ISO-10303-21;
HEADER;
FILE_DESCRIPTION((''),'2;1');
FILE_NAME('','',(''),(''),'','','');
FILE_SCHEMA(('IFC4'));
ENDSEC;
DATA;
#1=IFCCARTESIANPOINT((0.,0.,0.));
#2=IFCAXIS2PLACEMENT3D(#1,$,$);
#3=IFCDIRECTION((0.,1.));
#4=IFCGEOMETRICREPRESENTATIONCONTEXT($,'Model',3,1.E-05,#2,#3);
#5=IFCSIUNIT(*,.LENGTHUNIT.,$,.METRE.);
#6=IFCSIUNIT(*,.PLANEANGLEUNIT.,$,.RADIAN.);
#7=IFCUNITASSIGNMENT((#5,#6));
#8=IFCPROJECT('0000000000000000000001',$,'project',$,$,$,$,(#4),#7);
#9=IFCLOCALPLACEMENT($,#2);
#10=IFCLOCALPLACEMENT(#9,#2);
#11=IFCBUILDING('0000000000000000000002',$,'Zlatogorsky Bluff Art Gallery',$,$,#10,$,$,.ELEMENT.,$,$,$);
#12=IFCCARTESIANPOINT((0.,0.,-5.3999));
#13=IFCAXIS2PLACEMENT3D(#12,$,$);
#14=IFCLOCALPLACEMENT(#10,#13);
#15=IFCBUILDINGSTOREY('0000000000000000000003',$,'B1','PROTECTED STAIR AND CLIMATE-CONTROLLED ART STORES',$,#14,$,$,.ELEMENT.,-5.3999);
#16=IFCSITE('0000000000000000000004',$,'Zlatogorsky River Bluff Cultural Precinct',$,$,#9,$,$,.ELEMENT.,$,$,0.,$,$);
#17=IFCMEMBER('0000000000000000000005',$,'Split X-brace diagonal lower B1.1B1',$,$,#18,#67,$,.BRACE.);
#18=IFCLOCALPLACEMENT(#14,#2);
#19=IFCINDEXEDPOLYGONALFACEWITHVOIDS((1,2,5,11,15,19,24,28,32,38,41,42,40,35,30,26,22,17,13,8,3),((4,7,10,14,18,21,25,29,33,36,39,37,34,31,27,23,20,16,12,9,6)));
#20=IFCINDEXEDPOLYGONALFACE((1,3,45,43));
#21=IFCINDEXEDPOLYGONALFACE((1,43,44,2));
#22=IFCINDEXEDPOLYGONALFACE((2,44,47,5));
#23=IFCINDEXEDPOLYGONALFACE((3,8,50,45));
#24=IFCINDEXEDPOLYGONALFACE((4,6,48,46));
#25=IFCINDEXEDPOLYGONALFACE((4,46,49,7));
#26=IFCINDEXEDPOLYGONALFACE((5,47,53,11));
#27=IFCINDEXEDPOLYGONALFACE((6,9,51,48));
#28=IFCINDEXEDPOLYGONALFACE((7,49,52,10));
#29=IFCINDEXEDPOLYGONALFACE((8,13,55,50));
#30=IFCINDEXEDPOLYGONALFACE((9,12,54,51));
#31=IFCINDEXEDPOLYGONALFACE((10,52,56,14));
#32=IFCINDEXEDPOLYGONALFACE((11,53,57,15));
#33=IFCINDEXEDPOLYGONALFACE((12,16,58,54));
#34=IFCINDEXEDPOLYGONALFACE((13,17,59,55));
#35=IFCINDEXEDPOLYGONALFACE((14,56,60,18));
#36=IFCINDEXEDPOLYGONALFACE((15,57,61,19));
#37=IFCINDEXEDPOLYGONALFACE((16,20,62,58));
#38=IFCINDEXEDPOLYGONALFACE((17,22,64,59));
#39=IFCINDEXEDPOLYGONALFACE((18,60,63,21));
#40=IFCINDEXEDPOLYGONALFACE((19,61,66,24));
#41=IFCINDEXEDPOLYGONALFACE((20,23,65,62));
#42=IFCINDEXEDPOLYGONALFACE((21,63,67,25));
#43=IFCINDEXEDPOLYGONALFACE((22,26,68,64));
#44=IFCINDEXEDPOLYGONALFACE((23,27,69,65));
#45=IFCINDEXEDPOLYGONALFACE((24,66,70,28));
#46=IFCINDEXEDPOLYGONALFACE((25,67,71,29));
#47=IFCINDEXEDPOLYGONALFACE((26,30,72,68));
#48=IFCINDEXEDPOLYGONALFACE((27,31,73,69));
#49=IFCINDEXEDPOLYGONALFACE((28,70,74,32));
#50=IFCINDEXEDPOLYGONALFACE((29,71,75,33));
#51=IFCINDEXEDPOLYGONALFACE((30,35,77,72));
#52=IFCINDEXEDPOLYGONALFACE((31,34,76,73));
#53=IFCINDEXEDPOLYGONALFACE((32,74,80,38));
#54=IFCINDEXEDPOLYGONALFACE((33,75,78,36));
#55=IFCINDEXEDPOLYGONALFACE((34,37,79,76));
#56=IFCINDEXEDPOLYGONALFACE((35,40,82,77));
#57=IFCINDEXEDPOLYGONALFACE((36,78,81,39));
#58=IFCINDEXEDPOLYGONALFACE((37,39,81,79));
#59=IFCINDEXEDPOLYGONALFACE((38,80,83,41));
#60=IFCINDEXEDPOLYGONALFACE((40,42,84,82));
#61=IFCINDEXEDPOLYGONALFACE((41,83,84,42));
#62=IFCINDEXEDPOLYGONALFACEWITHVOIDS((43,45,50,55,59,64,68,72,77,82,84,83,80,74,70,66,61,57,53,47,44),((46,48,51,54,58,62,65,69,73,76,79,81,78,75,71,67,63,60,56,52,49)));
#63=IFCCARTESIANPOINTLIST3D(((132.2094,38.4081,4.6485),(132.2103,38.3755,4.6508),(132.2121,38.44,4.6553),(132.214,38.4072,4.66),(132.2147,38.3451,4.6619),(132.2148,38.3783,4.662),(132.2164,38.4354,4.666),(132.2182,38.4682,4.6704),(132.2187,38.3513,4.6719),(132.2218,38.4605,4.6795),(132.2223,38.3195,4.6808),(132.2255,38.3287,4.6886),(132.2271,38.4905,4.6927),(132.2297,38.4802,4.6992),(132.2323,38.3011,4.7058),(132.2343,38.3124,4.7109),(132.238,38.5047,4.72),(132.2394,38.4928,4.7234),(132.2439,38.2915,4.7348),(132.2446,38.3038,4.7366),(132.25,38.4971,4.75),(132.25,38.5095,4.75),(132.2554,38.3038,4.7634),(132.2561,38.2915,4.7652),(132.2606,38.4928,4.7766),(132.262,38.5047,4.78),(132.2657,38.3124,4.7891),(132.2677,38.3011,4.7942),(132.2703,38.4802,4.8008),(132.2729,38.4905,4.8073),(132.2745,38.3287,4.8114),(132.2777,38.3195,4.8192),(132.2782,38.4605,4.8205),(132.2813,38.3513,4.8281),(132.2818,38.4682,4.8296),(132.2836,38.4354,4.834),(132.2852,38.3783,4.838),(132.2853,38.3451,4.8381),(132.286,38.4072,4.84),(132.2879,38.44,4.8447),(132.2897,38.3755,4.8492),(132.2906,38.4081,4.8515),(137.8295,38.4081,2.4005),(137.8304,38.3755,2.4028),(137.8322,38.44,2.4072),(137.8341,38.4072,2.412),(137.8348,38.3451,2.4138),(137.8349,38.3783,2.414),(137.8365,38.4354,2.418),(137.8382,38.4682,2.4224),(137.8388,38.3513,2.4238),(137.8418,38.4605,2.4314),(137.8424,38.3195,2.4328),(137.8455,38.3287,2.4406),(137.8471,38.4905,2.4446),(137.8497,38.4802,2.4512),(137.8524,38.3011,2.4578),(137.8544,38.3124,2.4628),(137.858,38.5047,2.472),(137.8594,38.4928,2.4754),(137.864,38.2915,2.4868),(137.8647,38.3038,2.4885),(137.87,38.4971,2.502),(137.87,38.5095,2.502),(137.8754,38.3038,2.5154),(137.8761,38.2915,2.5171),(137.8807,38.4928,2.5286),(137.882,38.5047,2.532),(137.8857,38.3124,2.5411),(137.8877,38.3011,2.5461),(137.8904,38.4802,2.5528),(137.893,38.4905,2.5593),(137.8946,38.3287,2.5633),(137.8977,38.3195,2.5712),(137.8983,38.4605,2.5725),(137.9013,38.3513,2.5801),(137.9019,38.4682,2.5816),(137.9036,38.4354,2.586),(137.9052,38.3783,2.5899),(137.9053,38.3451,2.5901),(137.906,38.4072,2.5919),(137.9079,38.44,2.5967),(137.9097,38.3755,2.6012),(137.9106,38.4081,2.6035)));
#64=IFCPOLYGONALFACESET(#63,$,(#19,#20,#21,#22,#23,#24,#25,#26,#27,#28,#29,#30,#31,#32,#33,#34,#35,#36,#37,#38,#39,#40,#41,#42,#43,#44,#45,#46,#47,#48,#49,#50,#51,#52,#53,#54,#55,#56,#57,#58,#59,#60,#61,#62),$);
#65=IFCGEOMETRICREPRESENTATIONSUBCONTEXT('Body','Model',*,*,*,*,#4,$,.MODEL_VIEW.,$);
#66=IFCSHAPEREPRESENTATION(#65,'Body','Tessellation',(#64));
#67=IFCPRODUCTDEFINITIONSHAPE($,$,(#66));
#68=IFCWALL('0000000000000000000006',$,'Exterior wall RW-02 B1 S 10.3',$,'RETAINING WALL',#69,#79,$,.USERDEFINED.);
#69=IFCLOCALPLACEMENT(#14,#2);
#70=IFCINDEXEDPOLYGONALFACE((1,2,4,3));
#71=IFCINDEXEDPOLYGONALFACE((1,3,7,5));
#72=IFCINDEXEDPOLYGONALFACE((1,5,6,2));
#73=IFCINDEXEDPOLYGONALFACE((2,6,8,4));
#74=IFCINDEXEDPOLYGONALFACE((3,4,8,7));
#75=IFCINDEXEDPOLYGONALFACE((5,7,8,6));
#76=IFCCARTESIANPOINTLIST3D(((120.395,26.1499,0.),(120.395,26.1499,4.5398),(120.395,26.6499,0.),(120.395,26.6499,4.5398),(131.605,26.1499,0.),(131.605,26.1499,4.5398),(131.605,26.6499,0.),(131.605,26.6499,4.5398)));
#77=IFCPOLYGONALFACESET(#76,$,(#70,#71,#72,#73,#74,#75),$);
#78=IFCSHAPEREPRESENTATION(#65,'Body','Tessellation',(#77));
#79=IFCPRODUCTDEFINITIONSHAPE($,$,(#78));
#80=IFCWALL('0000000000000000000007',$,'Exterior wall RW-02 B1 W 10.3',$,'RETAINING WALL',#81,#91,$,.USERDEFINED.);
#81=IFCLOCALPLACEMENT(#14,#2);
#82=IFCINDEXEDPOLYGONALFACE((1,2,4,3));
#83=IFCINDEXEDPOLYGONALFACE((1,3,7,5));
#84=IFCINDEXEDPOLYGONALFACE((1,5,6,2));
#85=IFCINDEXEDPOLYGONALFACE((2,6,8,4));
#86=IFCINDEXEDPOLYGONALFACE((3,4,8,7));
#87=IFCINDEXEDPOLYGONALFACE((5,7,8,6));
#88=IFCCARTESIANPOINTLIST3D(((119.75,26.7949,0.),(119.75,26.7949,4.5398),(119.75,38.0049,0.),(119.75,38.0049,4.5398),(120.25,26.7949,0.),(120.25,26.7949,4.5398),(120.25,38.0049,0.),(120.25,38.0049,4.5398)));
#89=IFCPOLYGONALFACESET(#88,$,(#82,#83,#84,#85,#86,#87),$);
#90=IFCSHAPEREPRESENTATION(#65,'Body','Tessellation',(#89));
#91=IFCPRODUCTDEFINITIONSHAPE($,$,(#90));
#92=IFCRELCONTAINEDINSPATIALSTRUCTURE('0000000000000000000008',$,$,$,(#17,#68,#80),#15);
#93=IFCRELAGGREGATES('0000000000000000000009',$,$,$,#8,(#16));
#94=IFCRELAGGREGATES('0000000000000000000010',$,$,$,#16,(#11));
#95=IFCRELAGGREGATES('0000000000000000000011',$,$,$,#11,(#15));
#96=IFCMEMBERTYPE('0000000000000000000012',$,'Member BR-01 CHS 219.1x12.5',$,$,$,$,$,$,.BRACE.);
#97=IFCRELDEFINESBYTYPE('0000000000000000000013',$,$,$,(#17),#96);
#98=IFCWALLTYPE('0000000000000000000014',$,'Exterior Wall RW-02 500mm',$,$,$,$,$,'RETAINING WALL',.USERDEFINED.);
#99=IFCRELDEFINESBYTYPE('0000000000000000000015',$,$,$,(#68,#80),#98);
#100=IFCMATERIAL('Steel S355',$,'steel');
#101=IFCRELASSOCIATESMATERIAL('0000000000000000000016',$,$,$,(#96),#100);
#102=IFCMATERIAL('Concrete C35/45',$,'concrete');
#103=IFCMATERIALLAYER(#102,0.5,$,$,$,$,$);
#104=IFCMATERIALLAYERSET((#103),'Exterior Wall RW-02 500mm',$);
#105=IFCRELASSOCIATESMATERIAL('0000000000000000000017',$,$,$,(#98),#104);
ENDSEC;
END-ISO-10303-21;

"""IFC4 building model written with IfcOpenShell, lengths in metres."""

from ifc_helpers import new_model, si_unit, direction, frame, frame_2d, origin, origin_2d, place, context, subcontext, project, spatial, rectangle, hollow_circle, extrude, material, layer, layer_set, material_profile, profile_set, type_object, element, save


model = new_model("IFC4")

# Units and contexts
model_context = context("Model", 3, precision=1e-05, world=origin(), true_north=direction((0.0, 1.0)))
body_context = subcontext(model_context, "Body", "Model", "MODEL_VIEW")
ifc_project = project(units=[si_unit("LENGTHUNIT", "METRE"), si_unit("PLANEANGLEUNIT", "RADIAN")], contexts=[model_context])

# Site, building, storey
site_placement = place(None, origin())
site = spatial("IfcSite", under=ifc_project, at=site_placement, Name="Zlatogorsky River Bluff Cultural Precinct", CompositionType="ELEMENT", RefElevation=0.0)
building_placement = place(site_placement, origin())
building = spatial("IfcBuilding", under=site, at=building_placement, Name="Zlatogorsky Bluff Art Gallery", CompositionType="ELEMENT")
storey_placement = place(building_placement, frame((0.0, 0.0, -5.3999)))
storey = spatial("IfcBuildingStorey", under=building, at=storey_placement, Name="B1", Description="PROTECTED STAIR AND CLIMATE-CONTROLLED ART STORES", CompositionType="ELEMENT", Elevation=-5.3999)

# Shared definitions
ifc_material_1 = material(Name="Concrete C35/45", Category="concrete")

# Shared definitions
ifc_material_2 = material(Name="Steel S355", Category="steel")

# Member
ifc_material_profile_1 = material_profile(ifc_material_2, hollow_circle(Radius=0.1096, WallThickness=0.0125, at=origin_2d()), Name="CHS 219.1x12.5")
ifc_profile_set_1 = profile_set([ifc_material_profile_1], Name="Steel S355")
member_type = type_object("IfcMemberType", Name="Member BR-01 CHS 219.1x12.5", PredefinedType="BRACE", material=ifc_profile_set_1)
member_1_placement = place(storey_placement, frame((132.25, 38.3999, 4.75), z_axis=(0.928477, 0.0, -0.371391), x_axis=(0.0, 1.0, 0.0)))
element("IfcMember", 1, at=member_1_placement, inside=storey, type_object=member_type, Name="Split X-brace diagonal lower B1.1B1", PredefinedType="BRACE", context=body_context, shape_type="SweptSolid", body=[
    extrude(hollow_circle(Radius=0.1096, WallThickness=0.0125, at=origin_2d()), origin(), (0.0, 0.0, 1.0), 6.053),
])

# Walls
ifc_layer = layer(ifc_material_1, 0.5)
ifc_layer_set = layer_set([ifc_layer], Name="Exterior Wall RW-02 500mm")
wall_type = type_object("IfcWallType", Name="Exterior Wall RW-02 500mm", ElementType="RETAINING WALL", PredefinedType="USERDEFINED", material=ifc_layer_set)
for number, where, z_axis, x_axis, name in (
    (2, (120.395, 26.3999, 0.0), (0.0, 0.0, 1.0), (1.0, 0.0, 0.0), "Exterior wall RW-02 B1 S 10.3"),
    (3, (120.0, 38.0049, 0.0), (0.0, 0.0, 1.0), (0.0, -1.0, 0.0), "Exterior wall RW-02 B1 W 10.3"),
):
    element("IfcWall", number, at=place(storey_placement, frame(where, z_axis=z_axis, x_axis=x_axis)), inside=storey, type_object=wall_type, Name=name, ObjectType="RETAINING WALL", PredefinedType="USERDEFINED", context=body_context, shape_type="SweptSolid", body=[
        extrude(rectangle(XDim=11.21, YDim=0.5, at=frame_2d((5.605, 0.0))), origin(), (0.0, 0.0, 1.0), 4.5398),
    ])

save(model, "model.ifc")
